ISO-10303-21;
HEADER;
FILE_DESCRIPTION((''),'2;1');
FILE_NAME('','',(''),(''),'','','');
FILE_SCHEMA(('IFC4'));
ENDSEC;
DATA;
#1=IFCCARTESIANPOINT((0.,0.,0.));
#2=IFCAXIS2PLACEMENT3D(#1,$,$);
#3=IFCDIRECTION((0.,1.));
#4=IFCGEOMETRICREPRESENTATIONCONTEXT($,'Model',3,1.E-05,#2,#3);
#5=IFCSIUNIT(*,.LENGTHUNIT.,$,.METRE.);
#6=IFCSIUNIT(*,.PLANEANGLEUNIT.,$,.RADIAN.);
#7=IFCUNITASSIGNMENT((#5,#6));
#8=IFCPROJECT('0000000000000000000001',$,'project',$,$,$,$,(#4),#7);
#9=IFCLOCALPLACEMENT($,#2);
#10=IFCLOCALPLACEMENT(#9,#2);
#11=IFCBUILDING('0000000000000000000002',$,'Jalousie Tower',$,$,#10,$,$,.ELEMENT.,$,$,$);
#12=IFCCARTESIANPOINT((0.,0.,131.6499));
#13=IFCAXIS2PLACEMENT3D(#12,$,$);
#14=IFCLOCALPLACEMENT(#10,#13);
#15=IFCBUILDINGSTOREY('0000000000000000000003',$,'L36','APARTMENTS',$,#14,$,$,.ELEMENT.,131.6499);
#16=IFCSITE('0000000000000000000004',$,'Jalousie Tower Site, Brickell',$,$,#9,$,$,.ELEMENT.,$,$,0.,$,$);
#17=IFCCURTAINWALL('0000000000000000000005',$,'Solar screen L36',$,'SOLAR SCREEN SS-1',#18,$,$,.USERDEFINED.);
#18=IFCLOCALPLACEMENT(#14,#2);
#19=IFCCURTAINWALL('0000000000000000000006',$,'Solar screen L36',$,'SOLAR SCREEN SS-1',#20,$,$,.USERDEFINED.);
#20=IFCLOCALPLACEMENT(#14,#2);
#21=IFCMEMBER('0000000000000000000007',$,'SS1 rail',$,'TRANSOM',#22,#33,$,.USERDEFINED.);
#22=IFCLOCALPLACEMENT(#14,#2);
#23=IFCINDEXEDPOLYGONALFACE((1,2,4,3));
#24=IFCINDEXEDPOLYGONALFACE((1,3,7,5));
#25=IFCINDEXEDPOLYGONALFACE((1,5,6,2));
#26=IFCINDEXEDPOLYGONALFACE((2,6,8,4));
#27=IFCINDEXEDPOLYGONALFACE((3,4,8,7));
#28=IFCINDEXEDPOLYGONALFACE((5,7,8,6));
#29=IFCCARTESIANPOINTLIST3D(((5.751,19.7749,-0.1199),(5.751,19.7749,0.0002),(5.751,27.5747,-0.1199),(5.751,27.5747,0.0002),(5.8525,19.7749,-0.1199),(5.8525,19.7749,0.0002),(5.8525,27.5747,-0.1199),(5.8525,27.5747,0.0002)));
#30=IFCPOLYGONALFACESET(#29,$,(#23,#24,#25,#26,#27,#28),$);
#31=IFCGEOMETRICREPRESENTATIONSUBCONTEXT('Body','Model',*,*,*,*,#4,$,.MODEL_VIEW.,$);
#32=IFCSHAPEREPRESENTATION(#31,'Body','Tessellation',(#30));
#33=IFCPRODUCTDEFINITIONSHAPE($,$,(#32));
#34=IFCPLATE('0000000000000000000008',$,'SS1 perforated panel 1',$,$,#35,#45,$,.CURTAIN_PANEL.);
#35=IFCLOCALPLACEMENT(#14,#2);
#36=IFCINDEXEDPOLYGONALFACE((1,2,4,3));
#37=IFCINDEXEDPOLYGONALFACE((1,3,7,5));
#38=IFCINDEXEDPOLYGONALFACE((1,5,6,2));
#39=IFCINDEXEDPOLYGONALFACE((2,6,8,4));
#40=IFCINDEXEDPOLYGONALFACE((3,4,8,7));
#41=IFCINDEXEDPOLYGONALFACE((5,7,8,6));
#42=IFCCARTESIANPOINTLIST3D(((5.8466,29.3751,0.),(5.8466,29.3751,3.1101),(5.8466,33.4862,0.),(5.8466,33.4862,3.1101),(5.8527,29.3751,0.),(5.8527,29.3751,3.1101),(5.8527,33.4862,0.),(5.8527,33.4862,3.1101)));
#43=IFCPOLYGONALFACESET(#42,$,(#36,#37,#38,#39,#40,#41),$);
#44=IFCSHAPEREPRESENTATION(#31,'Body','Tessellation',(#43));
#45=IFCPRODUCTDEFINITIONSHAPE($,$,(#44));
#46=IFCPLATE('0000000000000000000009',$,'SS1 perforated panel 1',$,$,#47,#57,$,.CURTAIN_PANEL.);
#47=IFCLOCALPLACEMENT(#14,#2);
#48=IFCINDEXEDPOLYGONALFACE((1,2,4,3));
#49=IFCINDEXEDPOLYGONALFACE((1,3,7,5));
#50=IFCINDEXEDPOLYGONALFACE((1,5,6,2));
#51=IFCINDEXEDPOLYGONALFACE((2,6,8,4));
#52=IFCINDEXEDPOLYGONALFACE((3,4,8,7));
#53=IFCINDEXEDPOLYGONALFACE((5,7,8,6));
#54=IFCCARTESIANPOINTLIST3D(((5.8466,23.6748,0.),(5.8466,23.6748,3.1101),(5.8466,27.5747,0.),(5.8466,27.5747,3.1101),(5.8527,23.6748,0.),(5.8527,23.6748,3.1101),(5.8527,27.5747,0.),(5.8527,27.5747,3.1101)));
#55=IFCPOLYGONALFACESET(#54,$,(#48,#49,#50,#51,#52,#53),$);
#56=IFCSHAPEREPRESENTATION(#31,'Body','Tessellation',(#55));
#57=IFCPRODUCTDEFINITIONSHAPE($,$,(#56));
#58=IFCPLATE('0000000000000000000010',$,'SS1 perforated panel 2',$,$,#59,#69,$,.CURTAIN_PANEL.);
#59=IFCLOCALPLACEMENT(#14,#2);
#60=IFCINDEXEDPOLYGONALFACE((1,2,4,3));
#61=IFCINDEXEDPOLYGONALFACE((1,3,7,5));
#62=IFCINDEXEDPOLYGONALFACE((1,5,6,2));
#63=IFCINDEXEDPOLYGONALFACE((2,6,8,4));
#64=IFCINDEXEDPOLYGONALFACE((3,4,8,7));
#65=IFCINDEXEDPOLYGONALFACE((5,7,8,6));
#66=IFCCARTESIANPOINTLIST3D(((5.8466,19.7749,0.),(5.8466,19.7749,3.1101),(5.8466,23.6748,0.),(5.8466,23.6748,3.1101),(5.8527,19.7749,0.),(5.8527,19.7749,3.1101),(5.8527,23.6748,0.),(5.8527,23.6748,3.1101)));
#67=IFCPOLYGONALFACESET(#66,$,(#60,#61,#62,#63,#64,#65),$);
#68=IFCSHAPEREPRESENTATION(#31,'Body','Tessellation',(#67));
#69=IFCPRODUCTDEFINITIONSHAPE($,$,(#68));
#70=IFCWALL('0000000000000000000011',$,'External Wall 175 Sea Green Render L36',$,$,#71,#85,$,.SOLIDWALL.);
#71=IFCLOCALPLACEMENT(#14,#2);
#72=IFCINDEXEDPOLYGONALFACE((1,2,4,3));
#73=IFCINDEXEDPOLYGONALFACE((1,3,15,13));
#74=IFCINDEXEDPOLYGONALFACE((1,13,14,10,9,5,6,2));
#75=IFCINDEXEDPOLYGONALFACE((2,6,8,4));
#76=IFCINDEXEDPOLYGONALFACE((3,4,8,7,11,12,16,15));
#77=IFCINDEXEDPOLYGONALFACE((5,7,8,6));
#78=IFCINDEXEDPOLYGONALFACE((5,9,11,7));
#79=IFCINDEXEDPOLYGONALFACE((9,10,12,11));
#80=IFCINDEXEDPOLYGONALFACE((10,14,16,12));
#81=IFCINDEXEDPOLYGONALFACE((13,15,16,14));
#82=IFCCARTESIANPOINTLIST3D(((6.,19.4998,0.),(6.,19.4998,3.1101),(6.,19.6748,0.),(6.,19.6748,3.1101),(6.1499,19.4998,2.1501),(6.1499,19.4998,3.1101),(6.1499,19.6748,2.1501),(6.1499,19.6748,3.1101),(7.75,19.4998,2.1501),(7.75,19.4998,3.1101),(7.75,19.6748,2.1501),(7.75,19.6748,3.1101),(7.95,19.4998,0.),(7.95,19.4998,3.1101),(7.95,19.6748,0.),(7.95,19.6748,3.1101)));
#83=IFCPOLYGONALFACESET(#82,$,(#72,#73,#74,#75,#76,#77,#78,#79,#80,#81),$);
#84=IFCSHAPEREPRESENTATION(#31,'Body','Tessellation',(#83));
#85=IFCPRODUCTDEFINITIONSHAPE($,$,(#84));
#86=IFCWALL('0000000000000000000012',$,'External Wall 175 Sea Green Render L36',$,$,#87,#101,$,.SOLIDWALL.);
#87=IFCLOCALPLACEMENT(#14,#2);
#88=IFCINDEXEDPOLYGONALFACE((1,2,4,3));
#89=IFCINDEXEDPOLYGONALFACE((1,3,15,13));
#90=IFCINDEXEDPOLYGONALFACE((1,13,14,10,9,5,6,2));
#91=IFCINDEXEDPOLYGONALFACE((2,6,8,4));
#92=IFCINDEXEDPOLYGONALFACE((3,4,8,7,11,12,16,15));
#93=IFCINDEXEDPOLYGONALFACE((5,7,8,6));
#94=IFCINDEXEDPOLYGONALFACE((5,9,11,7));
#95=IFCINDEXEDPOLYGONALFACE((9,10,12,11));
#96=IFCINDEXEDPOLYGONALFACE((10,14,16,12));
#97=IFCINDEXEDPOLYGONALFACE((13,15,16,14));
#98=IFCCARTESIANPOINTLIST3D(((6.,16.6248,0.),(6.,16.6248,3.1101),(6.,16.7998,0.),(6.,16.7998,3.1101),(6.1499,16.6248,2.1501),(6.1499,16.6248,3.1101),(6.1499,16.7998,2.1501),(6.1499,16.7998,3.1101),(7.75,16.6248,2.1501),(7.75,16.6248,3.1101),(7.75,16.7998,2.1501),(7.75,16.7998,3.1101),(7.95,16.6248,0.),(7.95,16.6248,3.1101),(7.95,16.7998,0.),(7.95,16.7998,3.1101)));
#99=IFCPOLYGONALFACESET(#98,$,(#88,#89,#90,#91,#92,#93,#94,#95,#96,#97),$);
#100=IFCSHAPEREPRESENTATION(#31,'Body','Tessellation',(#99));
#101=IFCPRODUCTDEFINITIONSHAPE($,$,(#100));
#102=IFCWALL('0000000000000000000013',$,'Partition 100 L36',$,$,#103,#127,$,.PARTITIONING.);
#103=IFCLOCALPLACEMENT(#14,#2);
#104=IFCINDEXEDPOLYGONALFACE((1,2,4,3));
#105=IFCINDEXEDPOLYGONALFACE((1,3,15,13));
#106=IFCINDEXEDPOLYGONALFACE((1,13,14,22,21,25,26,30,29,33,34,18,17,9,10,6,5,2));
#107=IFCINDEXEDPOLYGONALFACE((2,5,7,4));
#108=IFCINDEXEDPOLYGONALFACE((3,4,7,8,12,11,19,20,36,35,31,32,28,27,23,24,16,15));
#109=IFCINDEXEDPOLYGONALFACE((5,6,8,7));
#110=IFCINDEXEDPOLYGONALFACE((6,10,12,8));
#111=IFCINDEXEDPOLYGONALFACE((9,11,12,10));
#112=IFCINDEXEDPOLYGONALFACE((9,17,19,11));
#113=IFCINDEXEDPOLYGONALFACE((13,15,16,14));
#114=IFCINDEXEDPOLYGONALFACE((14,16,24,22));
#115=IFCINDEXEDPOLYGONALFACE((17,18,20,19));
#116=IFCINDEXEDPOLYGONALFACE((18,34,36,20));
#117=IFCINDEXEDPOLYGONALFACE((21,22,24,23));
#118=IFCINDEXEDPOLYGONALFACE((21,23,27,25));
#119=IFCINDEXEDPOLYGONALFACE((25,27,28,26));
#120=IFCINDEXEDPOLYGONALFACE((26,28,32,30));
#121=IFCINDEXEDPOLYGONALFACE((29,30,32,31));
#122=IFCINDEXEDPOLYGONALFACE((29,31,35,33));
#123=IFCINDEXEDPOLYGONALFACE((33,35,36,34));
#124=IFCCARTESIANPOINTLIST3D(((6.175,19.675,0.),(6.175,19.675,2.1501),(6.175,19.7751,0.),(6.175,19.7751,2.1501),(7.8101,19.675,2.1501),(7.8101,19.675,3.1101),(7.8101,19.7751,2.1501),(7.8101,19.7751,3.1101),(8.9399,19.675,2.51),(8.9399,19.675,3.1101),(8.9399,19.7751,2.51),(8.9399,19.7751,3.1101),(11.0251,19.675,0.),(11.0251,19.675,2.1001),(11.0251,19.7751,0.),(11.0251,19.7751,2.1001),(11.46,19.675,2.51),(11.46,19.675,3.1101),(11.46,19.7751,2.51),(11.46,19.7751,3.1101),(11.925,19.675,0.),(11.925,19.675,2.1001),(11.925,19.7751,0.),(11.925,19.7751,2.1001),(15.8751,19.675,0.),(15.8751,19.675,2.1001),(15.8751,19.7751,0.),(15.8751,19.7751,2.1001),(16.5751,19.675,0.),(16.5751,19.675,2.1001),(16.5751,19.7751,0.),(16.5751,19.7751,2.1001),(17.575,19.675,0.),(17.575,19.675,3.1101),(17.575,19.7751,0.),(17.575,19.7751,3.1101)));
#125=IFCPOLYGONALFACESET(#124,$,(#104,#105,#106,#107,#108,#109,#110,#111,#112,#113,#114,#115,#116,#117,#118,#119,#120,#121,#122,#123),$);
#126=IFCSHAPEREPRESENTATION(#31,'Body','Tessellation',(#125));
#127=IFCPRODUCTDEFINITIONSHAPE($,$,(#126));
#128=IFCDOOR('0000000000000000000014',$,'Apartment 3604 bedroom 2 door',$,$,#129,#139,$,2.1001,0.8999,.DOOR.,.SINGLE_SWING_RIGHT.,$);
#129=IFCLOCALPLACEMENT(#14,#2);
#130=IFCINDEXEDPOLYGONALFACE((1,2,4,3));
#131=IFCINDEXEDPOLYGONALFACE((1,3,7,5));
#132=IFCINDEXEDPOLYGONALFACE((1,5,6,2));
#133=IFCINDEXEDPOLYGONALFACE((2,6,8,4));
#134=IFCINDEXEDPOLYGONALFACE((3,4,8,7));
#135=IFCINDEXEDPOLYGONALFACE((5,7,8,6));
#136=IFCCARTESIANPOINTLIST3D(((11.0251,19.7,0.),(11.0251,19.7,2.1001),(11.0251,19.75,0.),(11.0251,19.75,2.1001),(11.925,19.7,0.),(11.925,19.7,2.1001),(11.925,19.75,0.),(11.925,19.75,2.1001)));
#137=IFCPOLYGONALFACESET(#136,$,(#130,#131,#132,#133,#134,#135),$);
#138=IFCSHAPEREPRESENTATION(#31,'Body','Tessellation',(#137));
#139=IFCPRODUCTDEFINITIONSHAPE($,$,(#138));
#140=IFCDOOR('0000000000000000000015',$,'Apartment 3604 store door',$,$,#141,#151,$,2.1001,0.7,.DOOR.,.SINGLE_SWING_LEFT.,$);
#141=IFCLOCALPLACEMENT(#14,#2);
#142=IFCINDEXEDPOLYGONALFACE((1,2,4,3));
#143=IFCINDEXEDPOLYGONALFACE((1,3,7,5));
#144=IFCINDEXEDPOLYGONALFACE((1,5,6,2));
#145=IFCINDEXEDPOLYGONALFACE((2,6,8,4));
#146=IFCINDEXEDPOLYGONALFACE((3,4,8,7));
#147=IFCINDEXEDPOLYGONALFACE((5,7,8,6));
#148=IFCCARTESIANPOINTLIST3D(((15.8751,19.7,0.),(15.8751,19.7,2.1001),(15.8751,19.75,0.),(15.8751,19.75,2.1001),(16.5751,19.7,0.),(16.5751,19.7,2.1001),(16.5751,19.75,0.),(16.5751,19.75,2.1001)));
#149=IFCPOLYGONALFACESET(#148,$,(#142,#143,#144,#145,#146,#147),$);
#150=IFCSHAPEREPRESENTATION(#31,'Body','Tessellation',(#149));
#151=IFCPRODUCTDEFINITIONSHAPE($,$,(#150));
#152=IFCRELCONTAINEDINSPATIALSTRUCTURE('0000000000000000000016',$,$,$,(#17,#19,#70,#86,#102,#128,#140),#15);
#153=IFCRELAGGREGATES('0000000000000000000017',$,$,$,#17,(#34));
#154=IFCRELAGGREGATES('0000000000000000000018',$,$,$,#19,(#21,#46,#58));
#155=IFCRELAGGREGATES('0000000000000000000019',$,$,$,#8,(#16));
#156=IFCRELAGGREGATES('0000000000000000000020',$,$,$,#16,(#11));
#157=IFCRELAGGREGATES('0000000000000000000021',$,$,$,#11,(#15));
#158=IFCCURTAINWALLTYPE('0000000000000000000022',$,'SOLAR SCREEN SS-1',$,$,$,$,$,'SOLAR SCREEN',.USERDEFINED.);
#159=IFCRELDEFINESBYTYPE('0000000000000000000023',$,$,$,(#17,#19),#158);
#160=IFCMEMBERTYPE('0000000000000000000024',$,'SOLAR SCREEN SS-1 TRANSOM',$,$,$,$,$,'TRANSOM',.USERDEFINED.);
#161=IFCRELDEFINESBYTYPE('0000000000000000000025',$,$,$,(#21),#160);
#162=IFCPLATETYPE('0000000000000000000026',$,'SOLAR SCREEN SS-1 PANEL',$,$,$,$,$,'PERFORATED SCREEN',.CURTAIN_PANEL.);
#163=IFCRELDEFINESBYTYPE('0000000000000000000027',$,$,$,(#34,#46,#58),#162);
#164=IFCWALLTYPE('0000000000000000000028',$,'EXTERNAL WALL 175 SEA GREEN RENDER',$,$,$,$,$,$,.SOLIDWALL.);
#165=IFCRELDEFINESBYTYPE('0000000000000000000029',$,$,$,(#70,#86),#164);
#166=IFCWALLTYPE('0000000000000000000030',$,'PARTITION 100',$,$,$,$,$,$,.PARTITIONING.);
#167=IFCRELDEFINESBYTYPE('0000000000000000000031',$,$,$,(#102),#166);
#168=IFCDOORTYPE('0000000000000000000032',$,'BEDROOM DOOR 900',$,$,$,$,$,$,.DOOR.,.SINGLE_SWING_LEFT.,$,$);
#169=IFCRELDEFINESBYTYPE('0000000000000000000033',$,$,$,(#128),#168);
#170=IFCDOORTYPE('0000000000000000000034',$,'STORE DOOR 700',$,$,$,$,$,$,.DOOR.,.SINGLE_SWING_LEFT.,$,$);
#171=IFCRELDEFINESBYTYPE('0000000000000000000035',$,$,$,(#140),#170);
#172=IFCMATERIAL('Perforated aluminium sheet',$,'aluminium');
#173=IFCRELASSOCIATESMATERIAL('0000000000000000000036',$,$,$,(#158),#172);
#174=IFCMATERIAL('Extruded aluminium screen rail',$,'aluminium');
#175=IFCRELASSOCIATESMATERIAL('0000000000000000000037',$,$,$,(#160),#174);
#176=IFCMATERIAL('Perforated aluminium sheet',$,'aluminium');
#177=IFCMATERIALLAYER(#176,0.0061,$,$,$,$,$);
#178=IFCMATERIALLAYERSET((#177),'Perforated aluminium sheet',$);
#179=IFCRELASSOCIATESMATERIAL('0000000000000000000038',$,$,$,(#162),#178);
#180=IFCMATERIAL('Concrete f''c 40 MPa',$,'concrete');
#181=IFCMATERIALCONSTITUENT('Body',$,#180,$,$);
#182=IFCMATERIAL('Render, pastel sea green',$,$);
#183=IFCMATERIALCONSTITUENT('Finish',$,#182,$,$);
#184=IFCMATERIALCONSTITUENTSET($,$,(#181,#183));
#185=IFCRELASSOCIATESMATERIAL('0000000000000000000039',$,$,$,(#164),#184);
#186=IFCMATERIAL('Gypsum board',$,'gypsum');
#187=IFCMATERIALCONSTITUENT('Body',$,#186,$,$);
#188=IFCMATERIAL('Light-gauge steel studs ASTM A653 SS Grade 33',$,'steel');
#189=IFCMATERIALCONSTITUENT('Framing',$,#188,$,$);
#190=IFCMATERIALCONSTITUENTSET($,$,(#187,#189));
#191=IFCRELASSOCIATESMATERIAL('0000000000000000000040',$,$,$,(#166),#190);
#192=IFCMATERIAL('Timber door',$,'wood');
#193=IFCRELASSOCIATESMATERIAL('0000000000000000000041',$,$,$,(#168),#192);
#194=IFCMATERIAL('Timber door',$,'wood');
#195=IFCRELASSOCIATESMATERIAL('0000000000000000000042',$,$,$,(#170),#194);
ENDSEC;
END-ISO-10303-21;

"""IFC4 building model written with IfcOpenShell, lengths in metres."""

from ifc_helpers import new_model, si_unit, direction, frame, frame_2d, origin, origin_2d, place, context, subcontext, project, spatial, polyline, rectangle, outline, extrude, material, layer, layer_set, constituent, constituent_set, material_profile, profile_set, type_object, element, fill, aggregate, save


model = new_model("IFC4")

# Units and contexts
model_context = context("Model", 3, precision=1e-05, world=origin(), true_north=direction((0.0, 1.0)))
body_context = subcontext(model_context, "Body", "Model", "MODEL_VIEW")
ifc_project = project(units=[si_unit("LENGTHUNIT", "METRE"), si_unit("PLANEANGLEUNIT", "RADIAN")], contexts=[model_context])

# Site, building, storey
site_placement = place(None, origin())
site = spatial("IfcSite", under=ifc_project, at=site_placement, Name="Jalousie Tower Site, Brickell", CompositionType="ELEMENT", RefElevation=0.0)
building_placement = place(site_placement, origin())
building = spatial("IfcBuilding", under=site, at=building_placement, Name="Jalousie Tower", CompositionType="ELEMENT")
storey_placement = place(building_placement, frame((0.0, 0.0, 131.6499)))
storey = spatial("IfcBuildingStorey", under=building, at=storey_placement, Name="L36", Description="APARTMENTS", CompositionType="ELEMENT", Elevation=131.6499)

# Curtain wall
ifc_material_1 = material(Name="Perforated aluminium sheet", Category="aluminium")
curtain_wall_type = type_object("IfcCurtainWallType", Name="SOLAR SCREEN SS-1", ElementType="SOLAR SCREEN", PredefinedType="USERDEFINED", material=ifc_material_1)
curtain_wall_1_placement = place(storey_placement, origin())
curtain_wall_1 = element("IfcCurtainWall", 1, at=curtain_wall_1_placement, inside=storey, type_object=curtain_wall_type, Name="Solar screen L36", ObjectType="SOLAR SCREEN SS-1", PredefinedType="USERDEFINED")

# Curtain wall, member
curtain_wall_2_placement = place(storey_placement, origin())
curtain_wall_2 = element("IfcCurtainWall", 2, at=curtain_wall_2_placement, inside=storey, type_object=curtain_wall_type, Name="Solar screen L36", ObjectType="SOLAR SCREEN SS-1", PredefinedType="USERDEFINED")
ifc_material_2 = material(Name="Extruded aluminium screen rail", Category="aluminium")
ifc_material_profile_1 = material_profile(ifc_material_2, rectangle(XDim=0.1016, YDim=0.1201, at=origin_2d()), Name="RAIL 102x120")
ifc_profile_set_1 = profile_set([ifc_material_profile_1], Name="Extruded aluminium screen rail")
member_type_1 = type_object("IfcMemberType", Name="SOLAR SCREEN SS-1 TRANSOM", ElementType="TRANSOM", PredefinedType="USERDEFINED", material=ifc_profile_set_1)
member_1_placement = place(storey_placement, frame((5.8018, 27.5747, -0.0598), z_axis=(0.0, -1.0, 0.0), x_axis=(1.0, 0.0, 0.0)))
member_1 = element("IfcMember", 3, at=member_1_placement, type_object=member_type_1, Name="SS1 rail", ObjectType="TRANSOM", PredefinedType="USERDEFINED", context=body_context, shape_type="SweptSolid", body=[
    extrude(rectangle(XDim=0.1016, YDim=0.1201, at=origin_2d()), origin(), (0.0, 0.0, 1.0), 7.7998),
])

# Plates
ifc_material_3 = material(Name="Perforated aluminium sheet", Category="aluminium")
ifc_layer_1 = layer(ifc_material_3, 0.0061)
ifc_layer_set_1 = layer_set([ifc_layer_1], Name="Perforated aluminium sheet")
plate_type = type_object("IfcPlateType", Name="SOLAR SCREEN SS-1 PANEL", ElementType="PERFORATED SCREEN", PredefinedType="CURTAIN_PANEL", material=ifc_layer_set_1)
plate_1_placement = place(storey_placement, frame((5.8496, 31.4307, 0.0), z_axis=(0.0, 0.0, 1.0), x_axis=(0.0, -1.0, 0.0)))
plate_1 = element("IfcPlate", 4, at=plate_1_placement, type_object=plate_type, Name="SS1 perforated panel 1", PredefinedType="CURTAIN_PANEL", context=body_context, shape_type="SweptSolid", body=[
    extrude(rectangle(XDim=4.1111, YDim=0.0061, at=origin_2d()), origin(), (0.0, 0.0, 1.0), 3.1101),
])
aggregate(curtain_wall_1, [plate_1])
plate_2_placement = place(storey_placement, frame((5.8496, 25.6248, 0.0), z_axis=(0.0, 0.0, 1.0), x_axis=(0.0, -1.0, 0.0)))
plate_2 = element("IfcPlate", 5, at=plate_2_placement, type_object=plate_type, Name="SS1 perforated panel 1", PredefinedType="CURTAIN_PANEL", context=body_context, shape_type="SweptSolid", body=[
    extrude(rectangle(XDim=3.8999, YDim=0.0061, at=origin_2d()), origin(), (0.0, 0.0, 1.0), 3.1101),
])
plate_3_placement = place(storey_placement, frame((5.8496, 21.7249, 0.0), z_axis=(0.0, 0.0, 1.0), x_axis=(0.0, -1.0, 0.0)))
plate_3 = element("IfcPlate", 6, at=plate_3_placement, type_object=plate_type, Name="SS1 perforated panel 2", PredefinedType="CURTAIN_PANEL", context=body_context, shape_type="SweptSolid", body=[
    extrude(rectangle(XDim=3.8999, YDim=0.0061, at=origin_2d()), origin(), (0.0, 0.0, 1.0), 3.1101),
])
aggregate(curtain_wall_2, [member_1, plate_2, plate_3])

# Walls
ifc_material_4 = material(Name="Concrete f'c 40 MPa", Category="concrete")
ifc_constituent_1 = constituent(ifc_material_4, Name="Body")
ifc_material_5 = material(Name="Render, pastel sea green")
ifc_constituent_2 = constituent(ifc_material_5, Name="Finish")
ifc_constituent_set_1 = constituent_set(constituents=[ifc_constituent_1, ifc_constituent_2])
wall_type_1 = type_object("IfcWallType", Name="EXTERNAL WALL 175 SEA GREEN RENDER", PredefinedType="SOLIDWALL", material=ifc_constituent_set_1)
for number, where, z_axis, x_axis, name in (
    (7, (6.0, 19.5874, 0.0), (0.0, 0.0, 1.0), (1.0, 0.0, 0.0), "External Wall 175 Sea Green Render L36"),
    (8, (6.0, 16.7124, 0.0), (0.0, 0.0, 1.0), (1.0, 0.0, 0.0), "External Wall 175 Sea Green Render L36"),
):
    element("IfcWall", number, at=place(storey_placement, frame(where, z_axis=z_axis, x_axis=x_axis)), inside=storey, type_object=wall_type_1, Name=name, PredefinedType="SOLIDWALL", context=body_context, shape_type="SweptSolid", body=[
        extrude(outline(polyline([(0.0, 0.0), (1.95, 0.0), (1.95, 3.1101), (1.75, 3.1101), (1.75, 2.1501), (0.1499, 2.1501), (0.1499, 3.1101), (0.0, 3.1101), (0.0, 0.0)])), frame((0.0, 0.0874, 0.0), z_axis=(0.0, -1.0, 0.0), x_axis=(1.0, 0.0, 0.0)), (0.0, 0.0, 1.0), 0.175),
    ])

# Wall, openings, doors
ifc_material_6 = material(Name="Gypsum board", Category="gypsum")
ifc_constituent_3 = constituent(ifc_material_6, Name="Body")
ifc_material_7 = material(Name="Light-gauge steel studs ASTM A653 SS Grade 33", Category="steel")
ifc_constituent_4 = constituent(ifc_material_7, Name="Framing")
ifc_constituent_set_2 = constituent_set(constituents=[ifc_constituent_3, ifc_constituent_4])
wall_type_2 = type_object("IfcWallType", Name="PARTITION 100", PredefinedType="PARTITIONING", material=ifc_constituent_set_2)
wall_1_placement = place(storey_placement, frame((6.175, 19.7251, 0.0), z_axis=(0.0, 0.0, 1.0), x_axis=(1.0, 0.0, 0.0)))
wall_1 = element("IfcWall", 9, at=wall_1_placement, inside=storey, type_object=wall_type_2, Name="Partition 100 L36", PredefinedType="PARTITIONING", context=body_context, shape_type="SweptSolid", body=[
    extrude(outline(polyline([(0.0, 0.0), (11.3999, 0.0), (11.3999, 3.1101), (5.2849, 3.1101), (5.2849, 2.51), (2.7649, 2.51), (2.7649, 3.1101), (1.635, 3.1101), (1.635, 2.1501), (0.0, 2.1501), (0.0, 3.1101), (0.0, 0.0)])), frame((0.0, 0.05, 0.0), z_axis=(0.0, -1.0, 0.0), x_axis=(1.0, 0.0, 0.0)), (0.0, 0.0, 1.0), 0.1001),
])
opening_1_placement = place(wall_1_placement, frame((4.8501, 0.0, 0.0)))
opening_1 = element("IfcOpeningElement", 10, at=opening_1_placement, cuts=wall_1, PredefinedType="OPENING", context=body_context, shape_type="SweptSolid", body=[
    extrude(rectangle(XDim=0.8999, YDim=2.1001, at=frame_2d((0.45, 1.05))), frame((0.0, 0.0601, 0.0), z_axis=(0.0, -1.0, 0.0), x_axis=(1.0, 0.0, 0.0)), (0.0, 0.0, 1.0), 0.1201),
])
opening_2_placement = place(wall_1_placement, frame((9.7, 0.0, 0.0)))
opening_2 = element("IfcOpeningElement", 11, at=opening_2_placement, cuts=wall_1, PredefinedType="OPENING", context=body_context, shape_type="SweptSolid", body=[
    extrude(rectangle(XDim=0.7, YDim=2.1001, at=frame_2d((0.3501, 1.05))), frame((0.0, 0.0601, 0.0), z_axis=(0.0, -1.0, 0.0), x_axis=(1.0, 0.0, 0.0)), (0.0, 0.0, 1.0), 0.1201),
])
ifc_material_8 = material(Name="Timber door", Category="wood")
door_type_1 = type_object("IfcDoorType", Name="BEDROOM DOOR 900", OperationType="SINGLE_SWING_LEFT", PredefinedType="DOOR", material=ifc_material_8)
door_1_placement = place(opening_1_placement, origin())
door_1 = element("IfcDoor", 12, at=door_1_placement, inside=storey, type_object=door_type_1, Name="Apartment 3604 bedroom 2 door", OperationType="SINGLE_SWING_RIGHT", OverallHeight=2.1001, OverallWidth=0.8999, PredefinedType="DOOR", context=body_context, shape_type="SweptSolid", body=[
    extrude(rectangle(XDim=0.8999, YDim=2.1001, at=frame_2d((0.45, 1.05))), frame((0.0, 0.0249, 0.0), z_axis=(0.0, -1.0, 0.0), x_axis=(1.0, 0.0, 0.0)), (0.0, 0.0, 1.0), 0.05),
])
fill(opening_1, door_1)
ifc_material_9 = material(Name="Timber door", Category="wood")
door_type_2 = type_object("IfcDoorType", Name="STORE DOOR 700", OperationType="SINGLE_SWING_LEFT", PredefinedType="DOOR", material=ifc_material_9)
door_2_placement = place(opening_2_placement, origin())
door_2 = element("IfcDoor", 13, at=door_2_placement, inside=storey, type_object=door_type_2, Name="Apartment 3604 store door", OperationType="SINGLE_SWING_LEFT", OverallHeight=2.1001, OverallWidth=0.7, PredefinedType="DOOR", context=body_context, shape_type="SweptSolid", body=[
    extrude(rectangle(XDim=0.7, YDim=2.1001, at=frame_2d((0.3501, 1.05))), frame((0.0, 0.0249, 0.0), z_axis=(0.0, -1.0, 0.0), x_axis=(1.0, 0.0, 0.0)), (0.0, 0.0, 1.0), 0.05),
])
fill(opening_2, door_2)

save(model, "model.ifc")
